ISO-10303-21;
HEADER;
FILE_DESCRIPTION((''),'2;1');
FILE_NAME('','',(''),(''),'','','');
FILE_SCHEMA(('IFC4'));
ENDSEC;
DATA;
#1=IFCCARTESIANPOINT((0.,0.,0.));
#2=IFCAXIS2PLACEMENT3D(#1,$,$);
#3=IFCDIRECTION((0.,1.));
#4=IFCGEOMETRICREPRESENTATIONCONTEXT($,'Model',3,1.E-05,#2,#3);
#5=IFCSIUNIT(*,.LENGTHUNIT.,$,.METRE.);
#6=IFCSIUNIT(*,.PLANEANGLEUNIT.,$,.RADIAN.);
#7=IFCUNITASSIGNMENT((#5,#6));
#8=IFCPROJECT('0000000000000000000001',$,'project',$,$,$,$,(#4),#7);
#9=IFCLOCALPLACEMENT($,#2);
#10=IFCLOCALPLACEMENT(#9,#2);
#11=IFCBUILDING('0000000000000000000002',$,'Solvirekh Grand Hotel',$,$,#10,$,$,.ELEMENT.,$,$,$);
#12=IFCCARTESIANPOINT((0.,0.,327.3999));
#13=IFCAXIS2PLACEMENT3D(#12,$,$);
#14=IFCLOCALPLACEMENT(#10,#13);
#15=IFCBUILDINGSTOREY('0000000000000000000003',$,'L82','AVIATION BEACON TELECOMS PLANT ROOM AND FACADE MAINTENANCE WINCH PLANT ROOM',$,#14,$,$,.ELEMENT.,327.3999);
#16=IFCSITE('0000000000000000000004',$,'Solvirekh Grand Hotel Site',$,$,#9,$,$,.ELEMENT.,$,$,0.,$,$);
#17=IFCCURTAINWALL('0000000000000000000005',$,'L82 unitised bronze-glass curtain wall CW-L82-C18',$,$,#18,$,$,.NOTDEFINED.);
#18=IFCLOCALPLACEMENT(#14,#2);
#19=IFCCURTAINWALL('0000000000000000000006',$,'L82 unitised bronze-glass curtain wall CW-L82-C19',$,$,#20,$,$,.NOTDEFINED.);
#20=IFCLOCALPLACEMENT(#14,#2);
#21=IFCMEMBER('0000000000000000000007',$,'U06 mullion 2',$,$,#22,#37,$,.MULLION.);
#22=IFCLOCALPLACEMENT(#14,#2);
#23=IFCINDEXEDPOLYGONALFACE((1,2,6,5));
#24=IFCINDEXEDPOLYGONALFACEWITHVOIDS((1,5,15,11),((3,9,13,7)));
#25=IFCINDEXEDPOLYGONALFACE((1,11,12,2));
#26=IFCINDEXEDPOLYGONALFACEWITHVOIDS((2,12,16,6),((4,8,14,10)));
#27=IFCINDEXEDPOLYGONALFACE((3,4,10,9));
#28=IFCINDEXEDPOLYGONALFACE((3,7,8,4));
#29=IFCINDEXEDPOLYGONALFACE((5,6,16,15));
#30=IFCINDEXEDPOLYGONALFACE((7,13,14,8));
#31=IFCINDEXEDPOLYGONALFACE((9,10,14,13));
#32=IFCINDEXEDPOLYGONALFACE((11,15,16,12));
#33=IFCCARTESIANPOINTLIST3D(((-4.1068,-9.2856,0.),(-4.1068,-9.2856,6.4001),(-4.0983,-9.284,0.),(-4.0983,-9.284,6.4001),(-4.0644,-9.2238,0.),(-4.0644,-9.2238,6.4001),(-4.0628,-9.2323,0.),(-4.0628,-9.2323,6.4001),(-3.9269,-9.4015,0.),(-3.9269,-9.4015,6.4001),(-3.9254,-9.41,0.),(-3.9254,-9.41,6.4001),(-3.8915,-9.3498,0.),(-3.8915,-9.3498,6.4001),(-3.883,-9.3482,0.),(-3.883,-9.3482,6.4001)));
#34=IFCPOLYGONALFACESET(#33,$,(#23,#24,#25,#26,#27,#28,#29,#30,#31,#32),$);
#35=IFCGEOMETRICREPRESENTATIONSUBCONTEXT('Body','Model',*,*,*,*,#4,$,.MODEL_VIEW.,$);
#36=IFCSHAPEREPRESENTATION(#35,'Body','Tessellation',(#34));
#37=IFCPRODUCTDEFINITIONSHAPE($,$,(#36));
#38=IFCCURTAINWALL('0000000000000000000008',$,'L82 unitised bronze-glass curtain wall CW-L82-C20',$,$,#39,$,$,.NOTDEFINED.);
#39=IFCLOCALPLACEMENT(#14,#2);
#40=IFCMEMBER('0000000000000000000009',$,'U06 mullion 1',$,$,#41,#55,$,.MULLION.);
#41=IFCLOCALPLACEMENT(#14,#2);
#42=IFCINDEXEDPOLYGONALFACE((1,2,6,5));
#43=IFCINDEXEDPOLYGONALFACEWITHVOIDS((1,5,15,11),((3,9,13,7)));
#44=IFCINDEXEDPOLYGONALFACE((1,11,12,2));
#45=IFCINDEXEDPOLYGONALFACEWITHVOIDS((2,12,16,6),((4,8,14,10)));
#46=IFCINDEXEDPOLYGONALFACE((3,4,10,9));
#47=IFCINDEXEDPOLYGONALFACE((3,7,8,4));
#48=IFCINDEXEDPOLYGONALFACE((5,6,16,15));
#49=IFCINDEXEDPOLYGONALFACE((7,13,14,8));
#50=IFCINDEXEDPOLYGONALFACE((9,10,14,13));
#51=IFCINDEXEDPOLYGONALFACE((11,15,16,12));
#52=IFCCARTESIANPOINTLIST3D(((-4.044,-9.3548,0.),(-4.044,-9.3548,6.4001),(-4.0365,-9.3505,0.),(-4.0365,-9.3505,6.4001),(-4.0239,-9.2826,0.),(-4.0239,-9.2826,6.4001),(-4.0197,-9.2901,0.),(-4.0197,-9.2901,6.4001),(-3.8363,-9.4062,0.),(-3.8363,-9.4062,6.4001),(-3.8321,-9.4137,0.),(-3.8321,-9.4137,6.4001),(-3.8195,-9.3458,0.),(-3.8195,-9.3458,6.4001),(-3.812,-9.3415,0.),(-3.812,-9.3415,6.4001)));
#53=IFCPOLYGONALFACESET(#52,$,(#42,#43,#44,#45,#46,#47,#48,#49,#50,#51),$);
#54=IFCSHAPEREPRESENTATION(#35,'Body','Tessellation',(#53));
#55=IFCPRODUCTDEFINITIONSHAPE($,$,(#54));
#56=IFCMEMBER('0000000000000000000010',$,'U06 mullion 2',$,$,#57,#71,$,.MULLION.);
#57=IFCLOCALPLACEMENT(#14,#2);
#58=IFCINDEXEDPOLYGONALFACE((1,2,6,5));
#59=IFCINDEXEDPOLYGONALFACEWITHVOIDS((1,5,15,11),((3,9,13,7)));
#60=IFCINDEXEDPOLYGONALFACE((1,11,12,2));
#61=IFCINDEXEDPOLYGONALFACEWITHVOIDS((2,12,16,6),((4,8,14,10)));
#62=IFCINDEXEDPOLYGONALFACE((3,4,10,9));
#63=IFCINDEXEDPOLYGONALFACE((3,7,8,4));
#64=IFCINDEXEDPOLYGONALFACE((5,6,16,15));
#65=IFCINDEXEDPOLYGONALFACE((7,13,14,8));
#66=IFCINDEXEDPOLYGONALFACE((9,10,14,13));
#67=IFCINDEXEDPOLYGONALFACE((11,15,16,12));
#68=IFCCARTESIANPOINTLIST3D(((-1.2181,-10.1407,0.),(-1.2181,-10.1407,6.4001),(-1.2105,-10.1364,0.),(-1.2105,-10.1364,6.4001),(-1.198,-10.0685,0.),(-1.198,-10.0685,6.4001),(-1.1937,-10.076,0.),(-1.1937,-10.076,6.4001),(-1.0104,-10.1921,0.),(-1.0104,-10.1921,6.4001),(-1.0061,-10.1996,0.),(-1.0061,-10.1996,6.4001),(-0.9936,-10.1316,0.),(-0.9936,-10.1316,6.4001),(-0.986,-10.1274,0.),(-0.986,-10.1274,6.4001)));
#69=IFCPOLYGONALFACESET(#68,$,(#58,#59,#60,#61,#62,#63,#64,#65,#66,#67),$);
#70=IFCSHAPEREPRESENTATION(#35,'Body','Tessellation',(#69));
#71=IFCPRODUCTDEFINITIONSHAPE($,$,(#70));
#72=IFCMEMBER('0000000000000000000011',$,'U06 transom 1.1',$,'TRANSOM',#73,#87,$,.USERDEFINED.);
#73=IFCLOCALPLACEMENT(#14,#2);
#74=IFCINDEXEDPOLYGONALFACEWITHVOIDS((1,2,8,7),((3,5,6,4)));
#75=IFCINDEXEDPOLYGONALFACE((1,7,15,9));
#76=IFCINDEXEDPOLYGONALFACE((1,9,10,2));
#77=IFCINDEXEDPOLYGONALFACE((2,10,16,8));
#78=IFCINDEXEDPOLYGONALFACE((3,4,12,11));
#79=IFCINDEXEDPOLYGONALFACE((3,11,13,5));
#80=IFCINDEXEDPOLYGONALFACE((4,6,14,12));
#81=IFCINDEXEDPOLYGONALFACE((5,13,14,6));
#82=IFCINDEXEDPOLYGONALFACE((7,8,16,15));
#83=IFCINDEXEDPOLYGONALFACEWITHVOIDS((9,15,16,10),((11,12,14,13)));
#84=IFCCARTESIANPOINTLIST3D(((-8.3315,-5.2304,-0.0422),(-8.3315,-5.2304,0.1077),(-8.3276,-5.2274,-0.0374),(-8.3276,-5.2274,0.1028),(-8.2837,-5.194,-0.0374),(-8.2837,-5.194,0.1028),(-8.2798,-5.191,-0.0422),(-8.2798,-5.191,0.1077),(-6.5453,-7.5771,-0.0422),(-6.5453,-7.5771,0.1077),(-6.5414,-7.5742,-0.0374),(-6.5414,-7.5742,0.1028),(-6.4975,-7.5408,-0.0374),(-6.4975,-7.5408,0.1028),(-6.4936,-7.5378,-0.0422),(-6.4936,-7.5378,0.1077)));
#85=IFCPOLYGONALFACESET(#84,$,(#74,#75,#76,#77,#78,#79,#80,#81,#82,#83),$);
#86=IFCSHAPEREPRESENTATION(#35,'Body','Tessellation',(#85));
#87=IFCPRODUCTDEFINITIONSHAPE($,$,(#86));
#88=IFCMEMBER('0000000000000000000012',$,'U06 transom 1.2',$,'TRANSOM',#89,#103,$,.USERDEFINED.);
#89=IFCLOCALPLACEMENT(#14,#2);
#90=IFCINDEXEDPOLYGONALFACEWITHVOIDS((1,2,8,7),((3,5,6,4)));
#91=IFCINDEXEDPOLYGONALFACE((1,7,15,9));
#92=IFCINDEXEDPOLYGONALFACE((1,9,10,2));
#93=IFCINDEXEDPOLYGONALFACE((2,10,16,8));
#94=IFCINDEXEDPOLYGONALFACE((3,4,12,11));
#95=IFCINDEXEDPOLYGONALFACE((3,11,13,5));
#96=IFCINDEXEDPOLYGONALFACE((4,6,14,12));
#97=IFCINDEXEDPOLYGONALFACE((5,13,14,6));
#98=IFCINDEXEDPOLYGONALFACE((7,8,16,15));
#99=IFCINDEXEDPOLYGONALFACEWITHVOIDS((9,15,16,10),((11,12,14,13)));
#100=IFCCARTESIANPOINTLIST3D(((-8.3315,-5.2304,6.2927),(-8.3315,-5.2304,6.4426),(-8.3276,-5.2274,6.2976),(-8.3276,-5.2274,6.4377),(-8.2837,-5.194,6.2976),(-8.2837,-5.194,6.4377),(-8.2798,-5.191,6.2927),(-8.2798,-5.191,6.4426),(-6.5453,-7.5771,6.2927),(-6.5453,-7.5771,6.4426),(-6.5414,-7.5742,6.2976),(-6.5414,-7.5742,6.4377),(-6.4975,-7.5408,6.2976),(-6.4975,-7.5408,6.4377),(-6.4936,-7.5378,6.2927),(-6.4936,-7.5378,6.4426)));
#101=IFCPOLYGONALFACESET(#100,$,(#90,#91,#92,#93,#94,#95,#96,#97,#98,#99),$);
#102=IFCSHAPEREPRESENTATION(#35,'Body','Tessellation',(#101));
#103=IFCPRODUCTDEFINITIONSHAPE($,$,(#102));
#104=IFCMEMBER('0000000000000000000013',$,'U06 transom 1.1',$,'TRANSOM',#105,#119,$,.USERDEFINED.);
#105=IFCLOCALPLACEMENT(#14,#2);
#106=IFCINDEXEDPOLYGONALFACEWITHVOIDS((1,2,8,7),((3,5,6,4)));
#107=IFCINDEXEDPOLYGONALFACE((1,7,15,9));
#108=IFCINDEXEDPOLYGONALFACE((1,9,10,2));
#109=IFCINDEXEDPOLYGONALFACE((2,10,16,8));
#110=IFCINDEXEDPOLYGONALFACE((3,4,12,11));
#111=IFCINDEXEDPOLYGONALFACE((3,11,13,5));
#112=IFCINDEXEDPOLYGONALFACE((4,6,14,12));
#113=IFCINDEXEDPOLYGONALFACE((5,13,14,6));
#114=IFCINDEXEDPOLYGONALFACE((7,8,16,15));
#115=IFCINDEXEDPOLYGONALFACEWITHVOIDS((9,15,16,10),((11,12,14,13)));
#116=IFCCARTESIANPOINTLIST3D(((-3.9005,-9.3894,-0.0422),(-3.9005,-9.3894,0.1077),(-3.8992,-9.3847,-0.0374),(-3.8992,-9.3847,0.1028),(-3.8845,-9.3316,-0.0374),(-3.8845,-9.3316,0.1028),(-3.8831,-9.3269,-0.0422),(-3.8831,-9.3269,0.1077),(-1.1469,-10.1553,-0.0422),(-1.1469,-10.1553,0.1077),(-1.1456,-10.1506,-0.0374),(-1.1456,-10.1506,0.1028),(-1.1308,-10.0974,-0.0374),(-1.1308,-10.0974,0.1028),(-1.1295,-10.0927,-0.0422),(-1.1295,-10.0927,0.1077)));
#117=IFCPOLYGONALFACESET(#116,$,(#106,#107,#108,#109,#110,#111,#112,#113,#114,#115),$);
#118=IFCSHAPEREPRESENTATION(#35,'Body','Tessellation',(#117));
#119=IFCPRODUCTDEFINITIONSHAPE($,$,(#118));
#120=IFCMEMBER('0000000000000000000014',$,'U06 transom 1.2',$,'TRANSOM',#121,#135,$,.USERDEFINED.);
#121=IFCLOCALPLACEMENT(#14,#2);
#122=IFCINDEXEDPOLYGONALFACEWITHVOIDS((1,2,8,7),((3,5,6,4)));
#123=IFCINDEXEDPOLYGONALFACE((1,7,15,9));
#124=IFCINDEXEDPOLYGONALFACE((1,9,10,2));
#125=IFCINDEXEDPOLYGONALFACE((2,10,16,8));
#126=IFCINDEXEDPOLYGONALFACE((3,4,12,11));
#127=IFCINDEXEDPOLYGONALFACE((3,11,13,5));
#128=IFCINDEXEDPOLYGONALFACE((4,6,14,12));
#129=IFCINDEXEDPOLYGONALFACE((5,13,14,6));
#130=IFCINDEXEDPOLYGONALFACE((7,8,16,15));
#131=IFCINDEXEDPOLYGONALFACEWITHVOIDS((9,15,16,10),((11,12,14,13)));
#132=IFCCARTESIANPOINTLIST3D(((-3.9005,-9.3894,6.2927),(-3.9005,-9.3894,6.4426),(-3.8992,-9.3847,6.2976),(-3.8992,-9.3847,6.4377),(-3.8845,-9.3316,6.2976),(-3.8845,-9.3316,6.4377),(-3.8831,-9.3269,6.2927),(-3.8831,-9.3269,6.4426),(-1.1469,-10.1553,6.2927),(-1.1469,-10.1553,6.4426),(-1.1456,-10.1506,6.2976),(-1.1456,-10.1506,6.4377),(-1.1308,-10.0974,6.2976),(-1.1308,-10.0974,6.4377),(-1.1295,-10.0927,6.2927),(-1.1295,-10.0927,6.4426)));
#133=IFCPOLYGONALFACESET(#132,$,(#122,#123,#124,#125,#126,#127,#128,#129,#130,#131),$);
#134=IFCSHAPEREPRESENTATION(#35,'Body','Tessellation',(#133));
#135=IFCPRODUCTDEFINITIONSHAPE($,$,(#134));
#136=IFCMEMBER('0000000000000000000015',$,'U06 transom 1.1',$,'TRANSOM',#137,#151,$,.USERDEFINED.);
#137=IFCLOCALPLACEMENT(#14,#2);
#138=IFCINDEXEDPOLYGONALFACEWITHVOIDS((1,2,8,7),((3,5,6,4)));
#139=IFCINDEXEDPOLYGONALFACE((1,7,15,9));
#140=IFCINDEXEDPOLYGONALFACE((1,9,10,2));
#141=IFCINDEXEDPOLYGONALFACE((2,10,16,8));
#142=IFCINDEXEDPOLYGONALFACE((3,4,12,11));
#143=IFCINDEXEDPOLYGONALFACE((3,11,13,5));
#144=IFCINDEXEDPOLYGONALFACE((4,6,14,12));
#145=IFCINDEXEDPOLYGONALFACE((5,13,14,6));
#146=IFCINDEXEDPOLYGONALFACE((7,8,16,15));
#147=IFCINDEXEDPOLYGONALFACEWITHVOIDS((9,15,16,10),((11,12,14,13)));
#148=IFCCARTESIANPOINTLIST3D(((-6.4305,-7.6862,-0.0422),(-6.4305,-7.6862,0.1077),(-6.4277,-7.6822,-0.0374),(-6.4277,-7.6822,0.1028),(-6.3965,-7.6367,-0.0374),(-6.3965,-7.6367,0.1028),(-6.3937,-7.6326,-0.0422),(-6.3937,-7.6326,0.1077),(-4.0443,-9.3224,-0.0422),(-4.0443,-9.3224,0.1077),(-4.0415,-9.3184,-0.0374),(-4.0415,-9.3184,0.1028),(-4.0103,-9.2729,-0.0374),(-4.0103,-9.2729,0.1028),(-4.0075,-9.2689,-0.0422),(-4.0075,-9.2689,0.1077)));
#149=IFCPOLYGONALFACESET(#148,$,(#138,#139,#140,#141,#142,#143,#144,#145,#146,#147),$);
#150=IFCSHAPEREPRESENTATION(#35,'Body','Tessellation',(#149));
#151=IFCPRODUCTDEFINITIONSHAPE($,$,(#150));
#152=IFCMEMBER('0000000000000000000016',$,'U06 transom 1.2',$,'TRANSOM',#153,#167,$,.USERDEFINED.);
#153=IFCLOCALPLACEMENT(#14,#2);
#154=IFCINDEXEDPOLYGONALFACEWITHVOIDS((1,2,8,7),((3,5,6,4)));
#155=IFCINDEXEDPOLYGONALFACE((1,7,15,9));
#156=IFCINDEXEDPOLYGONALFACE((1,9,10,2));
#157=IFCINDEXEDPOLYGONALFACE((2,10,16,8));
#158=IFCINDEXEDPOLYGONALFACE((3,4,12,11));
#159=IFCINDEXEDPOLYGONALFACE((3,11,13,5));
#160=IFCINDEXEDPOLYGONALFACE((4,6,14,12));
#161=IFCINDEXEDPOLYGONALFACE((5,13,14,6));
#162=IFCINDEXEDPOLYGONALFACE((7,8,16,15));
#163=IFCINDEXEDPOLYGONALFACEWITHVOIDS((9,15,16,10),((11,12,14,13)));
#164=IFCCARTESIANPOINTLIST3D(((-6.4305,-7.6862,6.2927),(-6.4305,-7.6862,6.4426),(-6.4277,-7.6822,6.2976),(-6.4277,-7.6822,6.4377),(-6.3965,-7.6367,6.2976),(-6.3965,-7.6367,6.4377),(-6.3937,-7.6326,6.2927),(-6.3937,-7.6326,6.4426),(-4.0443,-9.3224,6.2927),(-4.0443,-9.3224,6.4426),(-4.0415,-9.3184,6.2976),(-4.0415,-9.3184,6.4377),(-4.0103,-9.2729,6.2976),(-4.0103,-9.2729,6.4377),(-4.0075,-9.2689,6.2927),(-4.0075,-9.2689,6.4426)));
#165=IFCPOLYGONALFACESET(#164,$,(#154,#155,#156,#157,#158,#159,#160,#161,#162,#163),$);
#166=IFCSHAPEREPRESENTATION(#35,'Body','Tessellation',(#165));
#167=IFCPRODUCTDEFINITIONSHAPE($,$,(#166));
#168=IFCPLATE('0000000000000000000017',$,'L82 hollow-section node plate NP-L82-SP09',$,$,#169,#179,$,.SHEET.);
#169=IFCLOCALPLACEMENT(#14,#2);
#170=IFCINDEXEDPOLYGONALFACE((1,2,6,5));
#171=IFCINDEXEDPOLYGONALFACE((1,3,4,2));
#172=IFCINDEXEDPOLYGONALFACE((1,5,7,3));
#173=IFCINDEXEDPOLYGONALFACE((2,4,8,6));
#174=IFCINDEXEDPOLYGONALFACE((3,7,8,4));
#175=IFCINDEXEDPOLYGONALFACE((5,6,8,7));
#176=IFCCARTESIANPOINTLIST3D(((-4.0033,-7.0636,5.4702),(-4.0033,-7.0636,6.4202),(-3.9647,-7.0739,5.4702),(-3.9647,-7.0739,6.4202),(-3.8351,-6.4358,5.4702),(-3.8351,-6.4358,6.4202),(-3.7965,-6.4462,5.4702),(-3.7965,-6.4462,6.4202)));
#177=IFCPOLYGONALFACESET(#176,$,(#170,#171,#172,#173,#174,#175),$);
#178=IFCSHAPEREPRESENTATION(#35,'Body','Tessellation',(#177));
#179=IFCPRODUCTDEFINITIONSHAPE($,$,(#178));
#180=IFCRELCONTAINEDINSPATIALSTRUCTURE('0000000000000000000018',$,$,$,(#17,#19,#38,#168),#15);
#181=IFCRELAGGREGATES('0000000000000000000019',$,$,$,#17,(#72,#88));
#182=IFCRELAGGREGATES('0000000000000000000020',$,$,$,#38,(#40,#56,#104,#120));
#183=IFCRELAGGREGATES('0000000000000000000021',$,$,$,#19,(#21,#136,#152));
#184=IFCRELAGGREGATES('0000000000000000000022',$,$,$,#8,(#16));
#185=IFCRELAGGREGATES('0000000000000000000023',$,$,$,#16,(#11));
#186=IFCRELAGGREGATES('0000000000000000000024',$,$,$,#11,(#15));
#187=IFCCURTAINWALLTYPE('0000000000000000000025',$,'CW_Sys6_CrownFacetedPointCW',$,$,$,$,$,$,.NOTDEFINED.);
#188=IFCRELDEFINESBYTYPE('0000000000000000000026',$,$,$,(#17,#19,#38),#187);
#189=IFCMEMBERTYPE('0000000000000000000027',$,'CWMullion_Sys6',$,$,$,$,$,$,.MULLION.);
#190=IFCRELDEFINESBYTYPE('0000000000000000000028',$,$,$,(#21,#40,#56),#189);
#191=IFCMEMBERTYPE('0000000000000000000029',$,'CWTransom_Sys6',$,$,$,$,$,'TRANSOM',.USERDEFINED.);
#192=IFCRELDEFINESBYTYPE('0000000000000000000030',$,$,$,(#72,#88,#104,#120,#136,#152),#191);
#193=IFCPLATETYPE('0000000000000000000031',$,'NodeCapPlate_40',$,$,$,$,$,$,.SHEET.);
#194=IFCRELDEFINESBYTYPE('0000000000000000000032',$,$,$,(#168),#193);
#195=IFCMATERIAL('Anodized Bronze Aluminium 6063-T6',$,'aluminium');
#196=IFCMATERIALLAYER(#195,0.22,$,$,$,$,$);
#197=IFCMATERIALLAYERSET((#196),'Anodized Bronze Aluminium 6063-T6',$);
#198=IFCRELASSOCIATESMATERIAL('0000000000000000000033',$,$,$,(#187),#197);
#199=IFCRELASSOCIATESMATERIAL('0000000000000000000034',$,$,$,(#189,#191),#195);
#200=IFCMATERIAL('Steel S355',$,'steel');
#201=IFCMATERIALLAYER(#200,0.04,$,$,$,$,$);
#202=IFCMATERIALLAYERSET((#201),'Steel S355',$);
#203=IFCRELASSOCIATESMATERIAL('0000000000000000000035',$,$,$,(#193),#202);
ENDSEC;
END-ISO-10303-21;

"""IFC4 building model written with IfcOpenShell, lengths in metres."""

from ifc_helpers import new_model, si_unit, direction, frame, origin, origin_2d, place, context, subcontext, project, spatial, rectangle, hollow_rectangle, extrude, source, transform, mapped, material, layer, layer_set, material_profile, profile_set, type_object, element, aggregate, save


model = new_model("IFC4")

# Units and contexts
model_context = context("Model", 3, precision=1e-05, world=origin(), true_north=direction((0.0, 1.0)))
body_context = subcontext(model_context, "Body", "Model", "MODEL_VIEW")
ifc_project = project(units=[si_unit("LENGTHUNIT", "METRE"), si_unit("PLANEANGLEUNIT", "RADIAN")], contexts=[model_context])

# Site, building, storey
site_placement = place(None, origin())
site = spatial("IfcSite", under=ifc_project, at=site_placement, Name="Solvirekh Grand Hotel Site", CompositionType="ELEMENT", RefElevation=0.0)
building_placement = place(site_placement, origin())
building = spatial("IfcBuilding", under=site, at=building_placement, Name="Solvirekh Grand Hotel", CompositionType="ELEMENT")
storey_placement = place(building_placement, frame((0.0, 0.0, 327.3999)))
storey = spatial("IfcBuildingStorey", under=building, at=storey_placement, Name="L82", Description="AVIATION BEACON TELECOMS PLANT ROOM AND FACADE MAINTENANCE WINCH PLANT ROOM", CompositionType="ELEMENT", Elevation=327.3999)

# Shared definitions
ifc_material_1 = material(Name="Steel S355", Category="steel")

# Shared definitions
ifc_material_2 = material(Name="Anodized Bronze Aluminium 6063-T6", Category="aluminium")
ifc_layer_1 = layer(ifc_material_2, 0.22)
ifc_layer_set_1 = layer_set([ifc_layer_1], Name="Anodized Bronze Aluminium 6063-T6")
curtain_wall_type = type_object("IfcCurtainWallType", Name="CW_Sys6_CrownFacetedPointCW", PredefinedType="NOTDEFINED", material=ifc_layer_set_1)
ifc_material_profile_1 = material_profile(ifc_material_2, hollow_rectangle(XDim=0.075, YDim=0.22, WallThickness=0.0061, at=origin_2d()), Name="ALU RHS 220X75X6")
ifc_profile_set_1 = profile_set([ifc_material_profile_1], Name="Anodized Bronze Aluminium 6063-T6")
member_type_1 = type_object("IfcMemberType", Name="CWMullion_Sys6", PredefinedType="MULLION", material=ifc_profile_set_1)
shared_shape_1 = source(origin(), body_context, "Body", "SweptSolid", [
    extrude(hollow_rectangle(XDim=0.075, YDim=0.22, WallThickness=0.0061, at=origin_2d()), origin(), (0.0, 0.0, 1.0), 6.4001),
])

# Curtain walls, members
curtain_wall_1_placement = place(storey_placement, origin())
curtain_wall_1 = element("IfcCurtainWall", 1, at=curtain_wall_1_placement, inside=storey, type_object=curtain_wall_type, Name="L82 unitised bronze-glass curtain wall CW-L82-C18", PredefinedType="NOTDEFINED")
curtain_wall_2_placement = place(storey_placement, origin())
curtain_wall_2 = element("IfcCurtainWall", 2, at=curtain_wall_2_placement, inside=storey, type_object=curtain_wall_type, Name="L82 unitised bronze-glass curtain wall CW-L82-C19", PredefinedType="NOTDEFINED")
member_1_placement = place(storey_placement, frame((-3.9949, -9.3169, 0.0), z_axis=(0.0, 0.0, 1.0), x_axis=(0.565496, 0.824751, 0.0)))
member_1 = element("IfcMember", 3, at=member_1_placement, type_object=member_type_1, Name="U06 mullion 2", PredefinedType="MULLION", context=body_context, shape_type="MappedRepresentation", body=[
    mapped(shared_shape_1, transform((0.0, 0.0, 0.0), x_axis=(1.0, 0.0, 0.0), y_axis=(0.0, 1.0, 0.0), z_axis=(0.0, 0.0, 1.0), scale=1.0)),
])
curtain_wall_3_placement = place(storey_placement, origin())
curtain_wall_3 = element("IfcCurtainWall", 4, at=curtain_wall_3_placement, inside=storey, type_object=curtain_wall_type, Name="L82 unitised bronze-glass curtain wall CW-L82-C20", PredefinedType="NOTDEFINED")
member_2_placement = place(storey_placement, frame((-3.928, -9.3481, 0.0), z_axis=(0.0, 0.0, 1.0), x_axis=(0.267952, 0.963432, 0.0)))
member_2 = element("IfcMember", 5, at=member_2_placement, type_object=member_type_1, Name="U06 mullion 1", PredefinedType="MULLION", context=body_context, shape_type="MappedRepresentation", body=[
    mapped(shared_shape_1, transform((0.0, 0.0, 0.0), x_axis=(1.0, 0.0, 0.0), y_axis=(0.0, 1.0, 0.0), z_axis=(0.0, 0.0, 1.0), scale=1.0)),
])
member_3_placement = place(storey_placement, frame((-1.1021, -10.134, 0.0), z_axis=(0.0, 0.0, 1.0), x_axis=(0.267952, 0.963432, 0.0)))
member_3 = element("IfcMember", 6, at=member_3_placement, type_object=member_type_1, Name="U06 mullion 2", PredefinedType="MULLION", context=body_context, shape_type="MappedRepresentation", body=[
    mapped(shared_shape_1, transform((0.0, 0.0, 0.0), x_axis=(1.0, 0.0, 0.0), y_axis=(0.0, 1.0, 0.0), z_axis=(0.0, 0.0, 1.0), scale=1.0)),
])

# Members
ifc_material_profile_2 = material_profile(ifc_material_2, hollow_rectangle(XDim=0.0649, YDim=0.1499, WallThickness=0.0049, at=origin_2d()), Name="ALU RHS 150X65X5")
ifc_profile_set_2 = profile_set([ifc_material_profile_2], Name="Anodized Bronze Aluminium 6063-T6")
member_type_2 = type_object("IfcMemberType", Name="CWTransom_Sys6", ElementType="TRANSOM", PredefinedType="USERDEFINED", material=ifc_profile_set_2)
shared_shape_2 = source(origin(), body_context, "Body", "SweptSolid", [
    extrude(hollow_rectangle(XDim=0.0649, YDim=0.1499, WallThickness=0.0049, at=origin_2d()), origin(), (0.0, 0.0, 1.0), 2.9492),
])
member_4_placement = place(storey_placement, frame((-8.3057, -5.2107, 0.0327), z_axis=(0.605654, -0.795728, 0.0), x_axis=(0.795728, 0.605654, 0.0)))
member_4 = element("IfcMember", 7, at=member_4_placement, type_object=member_type_2, Name="U06 transom 1.1", ObjectType="TRANSOM", PredefinedType="USERDEFINED", context=body_context, shape_type="MappedRepresentation", body=[
    mapped(shared_shape_2, transform((0.0, 0.0, 0.0), x_axis=(1.0, 0.0, 0.0), y_axis=(0.0, 1.0, 0.0), z_axis=(0.0, 0.0, 1.0), scale=1.0)),
])
member_5_placement = place(storey_placement, frame((-8.3057, -5.2107, 6.3677), z_axis=(0.605654, -0.795728, 0.0), x_axis=(0.795728, 0.605654, 0.0)))
member_5 = element("IfcMember", 8, at=member_5_placement, type_object=member_type_2, Name="U06 transom 1.2", ObjectType="TRANSOM", PredefinedType="USERDEFINED", context=body_context, shape_type="MappedRepresentation", body=[
    mapped(shared_shape_2, transform((0.0, 0.0, 0.0), x_axis=(1.0, 0.0, 0.0), y_axis=(0.0, 1.0, 0.0), z_axis=(0.0, 0.0, 1.0), scale=1.0)),
])
shared_shape_3 = source(origin(), body_context, "Body", "SweptSolid", [
    extrude(hollow_rectangle(XDim=0.0649, YDim=0.1499, WallThickness=0.0049, at=origin_2d()), origin(), (0.0, 0.0, 1.0), 2.8582),
])
member_6_placement = place(storey_placement, frame((-3.8918, -9.3582, 0.0327), z_axis=(0.963431, -0.267957, 0.0), x_axis=(0.267957, 0.963431, 0.0)))
member_6 = element("IfcMember", 9, at=member_6_placement, type_object=member_type_2, Name="U06 transom 1.1", ObjectType="TRANSOM", PredefinedType="USERDEFINED", context=body_context, shape_type="MappedRepresentation", body=[
    mapped(shared_shape_3, transform((0.0, 0.0, 0.0), x_axis=(1.0, 0.0, 0.0), y_axis=(0.0, 1.0, 0.0), z_axis=(0.0, 0.0, 1.0), scale=1.0)),
])
member_7_placement = place(storey_placement, frame((-3.8918, -9.3582, 6.3677), z_axis=(0.963431, -0.267957, 0.0), x_axis=(0.267957, 0.963431, 0.0)))
member_7 = element("IfcMember", 10, at=member_7_placement, type_object=member_type_2, Name="U06 transom 1.2", ObjectType="TRANSOM", PredefinedType="USERDEFINED", context=body_context, shape_type="MappedRepresentation", body=[
    mapped(shared_shape_3, transform((0.0, 0.0, 0.0), x_axis=(1.0, 0.0, 0.0), y_axis=(0.0, 1.0, 0.0), z_axis=(0.0, 0.0, 1.0), scale=1.0)),
])
shared_shape_4 = source(origin(), body_context, "Body", "SweptSolid", [
    extrude(hollow_rectangle(XDim=0.0649, YDim=0.1499, WallThickness=0.0049, at=origin_2d()), origin(), (0.0, 0.0, 1.0), 2.8933),
])
member_8_placement = place(storey_placement, frame((-6.4121, -7.6594, 0.0327), z_axis=(0.824736, -0.565519, 0.0), x_axis=(0.565519, 0.824736, 0.0)))
member_8 = element("IfcMember", 11, at=member_8_placement, type_object=member_type_2, Name="U06 transom 1.1", ObjectType="TRANSOM", PredefinedType="USERDEFINED", context=body_context, shape_type="MappedRepresentation", body=[
    mapped(shared_shape_4, transform((0.0, 0.0, 0.0), x_axis=(1.0, 0.0, 0.0), y_axis=(0.0, 1.0, 0.0), z_axis=(0.0, 0.0, 1.0), scale=1.0)),
])
member_9_placement = place(storey_placement, frame((-6.4121, -7.6594, 6.3677), z_axis=(0.824736, -0.565519, 0.0), x_axis=(0.565519, 0.824736, 0.0)))
member_9 = element("IfcMember", 12, at=member_9_placement, type_object=member_type_2, Name="U06 transom 1.2", ObjectType="TRANSOM", PredefinedType="USERDEFINED", context=body_context, shape_type="MappedRepresentation", body=[
    mapped(shared_shape_4, transform((0.0, 0.0, 0.0), x_axis=(1.0, 0.0, 0.0), y_axis=(0.0, 1.0, 0.0), z_axis=(0.0, 0.0, 1.0), scale=1.0)),
])

# Plate
ifc_layer_2 = layer(ifc_material_1, 0.04)
ifc_layer_set_2 = layer_set([ifc_layer_2], Name="Steel S355")
plate_type_1 = type_object("IfcPlateType", Name="NodeCapPlate_40", PredefinedType="SHEET", material=ifc_layer_set_2)
plate_1_placement = place(storey_placement, frame((-3.8999, -6.7549, 5.4702), z_axis=(0.0, 0.0, 1.0), x_axis=(0.965926, -0.258819, 0.0)))
element("IfcPlate", 13, at=plate_1_placement, inside=storey, type_object=plate_type_1, Name="L82 hollow-section node plate NP-L82-SP09", PredefinedType="SHEET", context=body_context, shape_type="SweptSolid", body=[
    extrude(rectangle(XDim=0.04, YDim=0.6499, at=origin_2d()), origin(), (0.0, 0.0, 1.0), 0.95),
])
aggregate(curtain_wall_1, [member_4, member_5])
aggregate(curtain_wall_3, [member_2, member_3, member_6, member_7])
aggregate(curtain_wall_2, [member_1, member_8, member_9])

save(model, "model.ifc")
